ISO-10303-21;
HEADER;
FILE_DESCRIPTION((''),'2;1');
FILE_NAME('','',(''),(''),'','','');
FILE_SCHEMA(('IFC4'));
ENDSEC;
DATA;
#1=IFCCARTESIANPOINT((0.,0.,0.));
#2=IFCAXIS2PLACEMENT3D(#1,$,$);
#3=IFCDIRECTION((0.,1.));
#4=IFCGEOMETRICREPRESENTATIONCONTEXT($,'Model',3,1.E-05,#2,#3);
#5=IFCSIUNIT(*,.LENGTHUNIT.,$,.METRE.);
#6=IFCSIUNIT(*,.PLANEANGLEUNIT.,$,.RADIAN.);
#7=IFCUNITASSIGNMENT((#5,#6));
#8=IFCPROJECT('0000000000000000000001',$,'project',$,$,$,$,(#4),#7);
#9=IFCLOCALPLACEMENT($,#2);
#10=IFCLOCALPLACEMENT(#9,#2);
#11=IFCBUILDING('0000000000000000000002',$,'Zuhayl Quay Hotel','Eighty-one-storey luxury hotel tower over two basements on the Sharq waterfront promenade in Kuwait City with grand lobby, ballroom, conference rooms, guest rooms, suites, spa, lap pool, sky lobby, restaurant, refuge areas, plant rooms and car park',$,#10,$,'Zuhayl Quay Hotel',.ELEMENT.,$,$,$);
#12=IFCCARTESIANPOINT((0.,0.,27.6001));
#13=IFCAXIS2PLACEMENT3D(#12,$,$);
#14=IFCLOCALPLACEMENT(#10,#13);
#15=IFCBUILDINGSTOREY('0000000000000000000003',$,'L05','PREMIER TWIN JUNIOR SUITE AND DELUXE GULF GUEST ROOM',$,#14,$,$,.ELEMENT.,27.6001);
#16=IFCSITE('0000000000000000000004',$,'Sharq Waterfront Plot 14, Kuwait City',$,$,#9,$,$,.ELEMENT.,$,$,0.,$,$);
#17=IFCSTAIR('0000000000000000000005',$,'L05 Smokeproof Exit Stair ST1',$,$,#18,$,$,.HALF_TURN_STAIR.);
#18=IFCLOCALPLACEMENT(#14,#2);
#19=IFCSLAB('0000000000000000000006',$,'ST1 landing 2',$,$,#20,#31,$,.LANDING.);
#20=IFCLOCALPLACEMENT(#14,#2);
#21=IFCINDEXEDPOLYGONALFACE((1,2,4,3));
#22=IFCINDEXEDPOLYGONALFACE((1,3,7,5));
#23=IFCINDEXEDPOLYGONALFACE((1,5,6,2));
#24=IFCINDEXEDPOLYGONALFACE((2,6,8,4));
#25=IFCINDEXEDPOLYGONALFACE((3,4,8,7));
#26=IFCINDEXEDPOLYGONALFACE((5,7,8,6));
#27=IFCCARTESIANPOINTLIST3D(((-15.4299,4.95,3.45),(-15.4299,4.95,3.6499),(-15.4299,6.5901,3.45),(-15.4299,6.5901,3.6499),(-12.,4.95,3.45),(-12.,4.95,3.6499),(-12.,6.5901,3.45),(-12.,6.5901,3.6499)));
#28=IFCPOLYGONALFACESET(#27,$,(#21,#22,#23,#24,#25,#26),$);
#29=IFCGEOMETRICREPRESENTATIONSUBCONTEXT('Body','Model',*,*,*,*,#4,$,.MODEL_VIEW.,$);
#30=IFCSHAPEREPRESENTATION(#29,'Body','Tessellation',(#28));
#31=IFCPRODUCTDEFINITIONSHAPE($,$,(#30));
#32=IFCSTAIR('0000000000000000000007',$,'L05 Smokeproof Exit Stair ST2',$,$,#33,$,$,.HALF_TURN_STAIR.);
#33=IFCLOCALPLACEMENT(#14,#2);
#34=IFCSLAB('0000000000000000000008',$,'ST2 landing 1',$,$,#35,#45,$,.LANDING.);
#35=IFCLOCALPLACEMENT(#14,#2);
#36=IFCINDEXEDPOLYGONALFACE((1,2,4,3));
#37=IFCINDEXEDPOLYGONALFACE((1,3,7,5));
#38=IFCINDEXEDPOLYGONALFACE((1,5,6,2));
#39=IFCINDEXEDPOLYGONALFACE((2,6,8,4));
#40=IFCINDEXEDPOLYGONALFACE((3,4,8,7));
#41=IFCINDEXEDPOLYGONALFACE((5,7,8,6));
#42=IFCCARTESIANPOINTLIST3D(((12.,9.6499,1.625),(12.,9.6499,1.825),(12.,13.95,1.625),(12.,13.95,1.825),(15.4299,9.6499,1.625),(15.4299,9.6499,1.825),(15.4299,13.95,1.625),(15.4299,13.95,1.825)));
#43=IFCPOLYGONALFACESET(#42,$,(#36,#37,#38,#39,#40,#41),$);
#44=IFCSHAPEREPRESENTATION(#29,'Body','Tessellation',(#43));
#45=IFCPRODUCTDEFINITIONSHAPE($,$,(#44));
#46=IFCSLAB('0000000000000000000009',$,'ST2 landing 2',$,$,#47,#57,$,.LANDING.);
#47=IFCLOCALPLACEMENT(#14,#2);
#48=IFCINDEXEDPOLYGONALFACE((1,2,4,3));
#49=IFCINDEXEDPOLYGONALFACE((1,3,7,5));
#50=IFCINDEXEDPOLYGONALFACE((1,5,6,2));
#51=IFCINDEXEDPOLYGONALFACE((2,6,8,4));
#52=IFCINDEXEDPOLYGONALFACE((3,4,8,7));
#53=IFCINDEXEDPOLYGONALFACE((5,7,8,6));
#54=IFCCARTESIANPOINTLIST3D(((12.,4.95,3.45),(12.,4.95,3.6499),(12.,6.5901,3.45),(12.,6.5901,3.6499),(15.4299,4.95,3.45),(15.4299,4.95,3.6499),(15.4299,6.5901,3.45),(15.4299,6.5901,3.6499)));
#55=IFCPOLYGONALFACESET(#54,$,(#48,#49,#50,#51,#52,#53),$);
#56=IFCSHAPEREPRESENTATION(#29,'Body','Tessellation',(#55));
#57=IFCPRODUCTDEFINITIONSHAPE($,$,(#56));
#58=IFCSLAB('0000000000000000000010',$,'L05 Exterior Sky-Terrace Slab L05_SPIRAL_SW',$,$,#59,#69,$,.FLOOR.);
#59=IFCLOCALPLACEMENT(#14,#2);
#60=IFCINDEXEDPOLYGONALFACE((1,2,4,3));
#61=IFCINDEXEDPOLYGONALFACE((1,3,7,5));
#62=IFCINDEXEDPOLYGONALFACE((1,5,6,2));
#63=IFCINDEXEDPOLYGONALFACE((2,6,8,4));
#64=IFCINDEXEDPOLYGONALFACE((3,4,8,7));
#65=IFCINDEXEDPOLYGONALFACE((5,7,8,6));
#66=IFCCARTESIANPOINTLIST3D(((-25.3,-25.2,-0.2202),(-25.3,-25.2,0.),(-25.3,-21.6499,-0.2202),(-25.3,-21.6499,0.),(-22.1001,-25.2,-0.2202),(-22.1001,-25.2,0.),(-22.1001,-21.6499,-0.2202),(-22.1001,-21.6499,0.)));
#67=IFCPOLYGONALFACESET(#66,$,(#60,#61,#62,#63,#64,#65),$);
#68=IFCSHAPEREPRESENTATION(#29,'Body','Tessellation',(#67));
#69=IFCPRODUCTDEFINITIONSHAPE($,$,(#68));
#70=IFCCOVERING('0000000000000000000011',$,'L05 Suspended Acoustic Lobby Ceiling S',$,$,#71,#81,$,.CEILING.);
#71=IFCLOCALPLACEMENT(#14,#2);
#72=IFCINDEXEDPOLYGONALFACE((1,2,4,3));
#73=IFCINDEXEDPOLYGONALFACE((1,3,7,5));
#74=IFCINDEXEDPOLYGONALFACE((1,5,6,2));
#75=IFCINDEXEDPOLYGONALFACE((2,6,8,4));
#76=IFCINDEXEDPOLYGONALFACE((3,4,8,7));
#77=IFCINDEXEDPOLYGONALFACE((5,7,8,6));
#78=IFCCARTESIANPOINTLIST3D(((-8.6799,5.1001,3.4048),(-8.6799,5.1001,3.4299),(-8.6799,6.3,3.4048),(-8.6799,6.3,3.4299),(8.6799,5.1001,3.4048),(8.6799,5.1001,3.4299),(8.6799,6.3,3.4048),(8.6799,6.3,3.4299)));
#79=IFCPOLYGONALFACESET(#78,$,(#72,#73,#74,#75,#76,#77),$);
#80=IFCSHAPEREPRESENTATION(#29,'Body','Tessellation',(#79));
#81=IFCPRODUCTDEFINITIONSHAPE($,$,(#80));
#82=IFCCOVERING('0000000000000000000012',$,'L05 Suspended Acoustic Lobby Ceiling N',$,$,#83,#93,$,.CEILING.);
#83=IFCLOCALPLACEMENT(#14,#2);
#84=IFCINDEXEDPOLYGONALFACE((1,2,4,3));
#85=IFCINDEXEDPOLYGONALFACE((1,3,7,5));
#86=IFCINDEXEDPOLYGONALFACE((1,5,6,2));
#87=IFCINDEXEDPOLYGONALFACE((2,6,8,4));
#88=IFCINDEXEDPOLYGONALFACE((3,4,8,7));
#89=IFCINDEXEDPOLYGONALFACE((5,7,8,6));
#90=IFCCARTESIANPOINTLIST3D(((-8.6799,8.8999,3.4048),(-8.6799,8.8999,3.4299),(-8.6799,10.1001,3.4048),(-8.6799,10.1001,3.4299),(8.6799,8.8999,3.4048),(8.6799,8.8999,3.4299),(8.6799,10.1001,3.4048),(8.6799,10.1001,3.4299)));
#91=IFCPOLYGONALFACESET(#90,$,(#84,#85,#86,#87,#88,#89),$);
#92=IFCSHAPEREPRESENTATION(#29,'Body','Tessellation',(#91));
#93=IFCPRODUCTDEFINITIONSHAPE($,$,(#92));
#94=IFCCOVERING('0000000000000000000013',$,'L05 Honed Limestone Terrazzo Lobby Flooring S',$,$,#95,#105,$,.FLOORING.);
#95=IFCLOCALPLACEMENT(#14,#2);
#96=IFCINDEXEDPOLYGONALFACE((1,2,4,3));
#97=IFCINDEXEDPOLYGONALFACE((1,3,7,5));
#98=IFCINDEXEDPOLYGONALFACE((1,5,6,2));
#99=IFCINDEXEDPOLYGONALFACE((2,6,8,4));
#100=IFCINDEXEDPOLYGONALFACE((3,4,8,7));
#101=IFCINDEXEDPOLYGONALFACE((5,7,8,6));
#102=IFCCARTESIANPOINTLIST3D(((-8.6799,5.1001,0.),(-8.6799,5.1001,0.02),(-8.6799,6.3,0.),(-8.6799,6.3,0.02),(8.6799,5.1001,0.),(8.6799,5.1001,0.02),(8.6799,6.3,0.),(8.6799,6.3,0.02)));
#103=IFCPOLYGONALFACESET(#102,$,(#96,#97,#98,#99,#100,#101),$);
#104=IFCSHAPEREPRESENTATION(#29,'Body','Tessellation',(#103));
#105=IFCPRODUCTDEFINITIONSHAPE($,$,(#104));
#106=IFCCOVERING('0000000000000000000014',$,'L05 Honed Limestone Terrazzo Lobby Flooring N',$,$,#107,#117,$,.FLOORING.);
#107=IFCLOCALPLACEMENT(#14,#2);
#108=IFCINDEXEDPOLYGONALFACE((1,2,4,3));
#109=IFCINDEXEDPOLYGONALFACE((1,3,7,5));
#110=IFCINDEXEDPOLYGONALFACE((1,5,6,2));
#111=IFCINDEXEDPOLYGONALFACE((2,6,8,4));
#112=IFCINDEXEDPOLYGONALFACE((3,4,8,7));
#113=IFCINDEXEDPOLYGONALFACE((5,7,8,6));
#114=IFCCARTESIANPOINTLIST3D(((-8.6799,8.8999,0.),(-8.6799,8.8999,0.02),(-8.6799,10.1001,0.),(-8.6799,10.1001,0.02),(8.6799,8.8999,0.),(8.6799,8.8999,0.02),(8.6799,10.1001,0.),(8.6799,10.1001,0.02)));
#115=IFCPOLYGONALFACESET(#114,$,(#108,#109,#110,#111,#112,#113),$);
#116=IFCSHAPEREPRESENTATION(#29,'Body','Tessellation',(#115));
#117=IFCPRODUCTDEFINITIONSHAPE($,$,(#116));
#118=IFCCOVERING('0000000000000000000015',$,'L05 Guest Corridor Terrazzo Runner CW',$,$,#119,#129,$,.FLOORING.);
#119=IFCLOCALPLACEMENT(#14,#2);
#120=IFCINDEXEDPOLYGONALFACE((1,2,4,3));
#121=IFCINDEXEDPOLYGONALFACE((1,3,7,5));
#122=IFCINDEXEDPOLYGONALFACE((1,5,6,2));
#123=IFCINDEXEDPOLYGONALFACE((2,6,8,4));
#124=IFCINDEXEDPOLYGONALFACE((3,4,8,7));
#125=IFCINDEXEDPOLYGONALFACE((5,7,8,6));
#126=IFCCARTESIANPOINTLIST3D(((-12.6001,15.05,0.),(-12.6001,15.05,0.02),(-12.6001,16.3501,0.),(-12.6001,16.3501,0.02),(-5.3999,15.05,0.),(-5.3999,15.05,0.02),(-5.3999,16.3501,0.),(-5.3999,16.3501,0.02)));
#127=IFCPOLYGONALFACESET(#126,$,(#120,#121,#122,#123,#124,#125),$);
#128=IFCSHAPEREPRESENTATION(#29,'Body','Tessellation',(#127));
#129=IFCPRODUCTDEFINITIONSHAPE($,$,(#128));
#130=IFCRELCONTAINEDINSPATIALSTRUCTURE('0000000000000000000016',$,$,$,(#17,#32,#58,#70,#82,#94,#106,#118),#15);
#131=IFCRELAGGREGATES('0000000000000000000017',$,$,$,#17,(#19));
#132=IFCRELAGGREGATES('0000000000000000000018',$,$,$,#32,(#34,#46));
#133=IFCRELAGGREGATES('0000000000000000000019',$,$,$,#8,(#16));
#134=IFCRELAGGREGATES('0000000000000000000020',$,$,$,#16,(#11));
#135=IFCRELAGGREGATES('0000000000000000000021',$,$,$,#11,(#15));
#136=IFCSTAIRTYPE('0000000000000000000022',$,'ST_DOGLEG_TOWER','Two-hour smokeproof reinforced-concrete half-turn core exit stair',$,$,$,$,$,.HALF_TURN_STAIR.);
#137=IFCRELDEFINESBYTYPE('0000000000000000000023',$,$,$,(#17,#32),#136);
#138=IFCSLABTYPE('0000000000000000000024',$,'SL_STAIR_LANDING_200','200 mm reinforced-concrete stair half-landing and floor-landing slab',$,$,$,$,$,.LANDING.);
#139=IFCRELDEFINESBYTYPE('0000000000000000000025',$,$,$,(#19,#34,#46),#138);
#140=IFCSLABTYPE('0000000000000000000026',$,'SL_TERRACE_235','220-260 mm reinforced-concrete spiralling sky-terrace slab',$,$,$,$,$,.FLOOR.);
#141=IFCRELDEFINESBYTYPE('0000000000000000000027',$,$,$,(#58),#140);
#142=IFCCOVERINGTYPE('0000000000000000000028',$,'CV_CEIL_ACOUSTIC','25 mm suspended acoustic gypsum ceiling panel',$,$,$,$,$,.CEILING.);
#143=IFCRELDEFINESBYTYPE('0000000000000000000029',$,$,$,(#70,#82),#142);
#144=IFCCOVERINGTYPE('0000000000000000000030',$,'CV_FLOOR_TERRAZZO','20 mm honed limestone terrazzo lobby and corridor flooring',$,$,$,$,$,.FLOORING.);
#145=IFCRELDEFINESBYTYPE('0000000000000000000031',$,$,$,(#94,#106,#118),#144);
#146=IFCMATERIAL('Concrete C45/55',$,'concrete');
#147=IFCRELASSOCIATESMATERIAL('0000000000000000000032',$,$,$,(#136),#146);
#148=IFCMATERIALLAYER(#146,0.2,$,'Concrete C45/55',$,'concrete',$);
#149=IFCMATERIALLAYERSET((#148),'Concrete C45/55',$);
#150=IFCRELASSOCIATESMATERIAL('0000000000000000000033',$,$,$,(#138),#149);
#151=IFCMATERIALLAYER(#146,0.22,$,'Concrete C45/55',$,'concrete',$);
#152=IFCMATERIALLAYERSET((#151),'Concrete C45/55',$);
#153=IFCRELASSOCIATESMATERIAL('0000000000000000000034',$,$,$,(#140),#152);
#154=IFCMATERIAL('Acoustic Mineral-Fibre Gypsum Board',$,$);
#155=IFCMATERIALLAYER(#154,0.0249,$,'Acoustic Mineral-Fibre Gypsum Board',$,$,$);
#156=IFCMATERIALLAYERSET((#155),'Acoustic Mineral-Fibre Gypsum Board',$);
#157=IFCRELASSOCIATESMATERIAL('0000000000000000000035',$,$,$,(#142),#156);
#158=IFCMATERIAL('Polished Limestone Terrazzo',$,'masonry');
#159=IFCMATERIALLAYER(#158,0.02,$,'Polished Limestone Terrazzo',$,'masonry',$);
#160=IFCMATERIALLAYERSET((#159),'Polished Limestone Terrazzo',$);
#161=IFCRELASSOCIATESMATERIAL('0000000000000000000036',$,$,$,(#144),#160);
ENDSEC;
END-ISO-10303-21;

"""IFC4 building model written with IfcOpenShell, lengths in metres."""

from ifc_helpers import new_model, si_unit, direction, frame, origin, place, context, subcontext, project, spatial, polyline, outline, extrude, material, layer, layer_set, type_object, element, aggregate, save


model = new_model("IFC4")

# Units and contexts
model_context = context("Model", 3, precision=1e-05, world=origin(), true_north=direction((0.0, 1.0)))
body_context = subcontext(model_context, "Body", "Model", "MODEL_VIEW")
ifc_project = project(units=[si_unit("LENGTHUNIT", "METRE"), si_unit("PLANEANGLEUNIT", "RADIAN")], contexts=[model_context])

# Site, building, storey
site_placement = place(None, origin())
site = spatial("IfcSite", under=ifc_project, at=site_placement, Name="Sharq Waterfront Plot 14, Kuwait City", CompositionType="ELEMENT", RefElevation=0.0)
building_placement = place(site_placement, origin())
building = spatial("IfcBuilding", under=site, at=building_placement, Name="Zuhayl Quay Hotel", Description="Eighty-one-storey luxury hotel tower over two basements on the Sharq waterfront promenade in Kuwait City with grand lobby, ballroom, conference rooms, guest rooms, suites, spa, lap pool, sky lobby, restaurant, refuge areas, plant rooms and car park", LongName="Zuhayl Quay Hotel", CompositionType="ELEMENT")
storey_placement = place(building_placement, frame((0.0, 0.0, 27.6001)))
storey = spatial("IfcBuildingStorey", under=building, at=storey_placement, Name="L05", Description="PREMIER TWIN JUNIOR SUITE AND DELUXE GULF GUEST ROOM", CompositionType="ELEMENT", Elevation=27.6001)

# Shared definitions
ifc_material_1 = material(Name="Concrete C45/55", Category="concrete")

# Stairs, slabs
stair_type = type_object("IfcStairType", Name="ST_DOGLEG_TOWER", Description="Two-hour smokeproof reinforced-concrete half-turn core exit stair", PredefinedType="HALF_TURN_STAIR", material=ifc_material_1)
stair_1_placement = place(storey_placement, origin())
stair_1 = element("IfcStair", 1, at=stair_1_placement, inside=storey, type_object=stair_type, Name="L05 Smokeproof Exit Stair ST1", PredefinedType="HALF_TURN_STAIR")
ifc_layer_1 = layer(ifc_material_1, 0.2, Name="Concrete C45/55", Category="concrete")
ifc_layer_set_1 = layer_set([ifc_layer_1], Name="Concrete C45/55")
slab_type_1 = type_object("IfcSlabType", Name="SL_STAIR_LANDING_200", Description="200 mm reinforced-concrete stair half-landing and floor-landing slab", PredefinedType="LANDING", material=ifc_layer_set_1)
slab_1_placement = place(storey_placement, frame((0.0, 0.0, 3.45)))
slab_1 = element("IfcSlab", 2, at=slab_1_placement, type_object=slab_type_1, Name="ST1 landing 2", PredefinedType="LANDING", context=body_context, shape_type="SweptSolid", body=[
    extrude(outline(polyline([(-12.0, 4.95), (-12.0, 6.5901), (-15.4299, 6.5901), (-15.4299, 4.95), (-12.0, 4.95)])), origin(), (0.0, 0.0, 1.0), 0.2),
])
aggregate(stair_1, [slab_1])
stair_2_placement = place(storey_placement, origin())
stair_2 = element("IfcStair", 3, at=stair_2_placement, inside=storey, type_object=stair_type, Name="L05 Smokeproof Exit Stair ST2", PredefinedType="HALF_TURN_STAIR")
slab_2_placement = place(storey_placement, frame((0.0, 0.0, 1.625)))
slab_2 = element("IfcSlab", 4, at=slab_2_placement, type_object=slab_type_1, Name="ST2 landing 1", PredefinedType="LANDING", context=body_context, shape_type="SweptSolid", body=[
    extrude(outline(polyline([(15.4299, 9.6499), (15.4299, 13.95), (12.0, 13.95), (12.0, 9.6499), (15.4299, 9.6499)])), origin(), (0.0, 0.0, 1.0), 0.2),
])
slab_3_placement = place(storey_placement, frame((0.0, 0.0, 3.45)))
slab_3 = element("IfcSlab", 5, at=slab_3_placement, type_object=slab_type_1, Name="ST2 landing 2", PredefinedType="LANDING", context=body_context, shape_type="SweptSolid", body=[
    extrude(outline(polyline([(15.4299, 4.95), (15.4299, 6.5901), (12.0, 6.5901), (12.0, 4.95), (15.4299, 4.95)])), origin(), (0.0, 0.0, 1.0), 0.2),
])
aggregate(stair_2, [slab_2, slab_3])

# Slab
ifc_layer_2 = layer(ifc_material_1, 0.22, Name="Concrete C45/55", Category="concrete")
ifc_layer_set_2 = layer_set([ifc_layer_2], Name="Concrete C45/55")
slab_type_2 = type_object("IfcSlabType", Name="SL_TERRACE_235", Description="220-260 mm reinforced-concrete spiralling sky-terrace slab", PredefinedType="FLOOR", material=ifc_layer_set_2)
slab_4_placement = place(storey_placement, frame((0.0, 0.0, -0.2202)))
element("IfcSlab", 6, at=slab_4_placement, inside=storey, type_object=slab_type_2, Name="L05 Exterior Sky-Terrace Slab L05_SPIRAL_SW", PredefinedType="FLOOR", context=body_context, shape_type="SweptSolid", body=[
    extrude(outline(polyline([(-25.3, -25.2), (-22.1001, -25.2), (-22.1001, -21.6499), (-25.3, -21.6499), (-25.3, -25.2)])), origin(), (0.0, 0.0, 1.0), 0.2202),
])

# Coverings
ifc_material_2 = material(Name="Acoustic Mineral-Fibre Gypsum Board")
ifc_layer_3 = layer(ifc_material_2, 0.0249, Name="Acoustic Mineral-Fibre Gypsum Board")
ifc_layer_set_3 = layer_set([ifc_layer_3], Name="Acoustic Mineral-Fibre Gypsum Board")
covering_type_1 = type_object("IfcCoveringType", Name="CV_CEIL_ACOUSTIC", Description="25 mm suspended acoustic gypsum ceiling panel", PredefinedType="CEILING", material=ifc_layer_set_3)
covering_1_placement = place(storey_placement, frame((0.0, 0.0, 3.4048)))
element("IfcCovering", 7, at=covering_1_placement, inside=storey, type_object=covering_type_1, Name="L05 Suspended Acoustic Lobby Ceiling S", PredefinedType="CEILING", context=body_context, shape_type="SweptSolid", body=[
    extrude(outline(polyline([(-8.6799, 5.1001), (8.6799, 5.1001), (8.6799, 6.3), (-8.6799, 6.3), (-8.6799, 5.1001)])), origin(), (0.0, 0.0, 1.0), 0.0251),
])
covering_2_placement = place(storey_placement, frame((0.0, 0.0, 3.4048)))
element("IfcCovering", 8, at=covering_2_placement, inside=storey, type_object=covering_type_1, Name="L05 Suspended Acoustic Lobby Ceiling N", PredefinedType="CEILING", context=body_context, shape_type="SweptSolid", body=[
    extrude(outline(polyline([(-8.6799, 8.8999), (8.6799, 8.8999), (8.6799, 10.1001), (-8.6799, 10.1001), (-8.6799, 8.8999)])), origin(), (0.0, 0.0, 1.0), 0.0251),
])
ifc_material_3 = material(Name="Polished Limestone Terrazzo", Category="masonry")
ifc_layer_4 = layer(ifc_material_3, 0.02, Name="Polished Limestone Terrazzo", Category="masonry")
ifc_layer_set_4 = layer_set([ifc_layer_4], Name="Polished Limestone Terrazzo")
covering_type_2 = type_object("IfcCoveringType", Name="CV_FLOOR_TERRAZZO", Description="20 mm honed limestone terrazzo lobby and corridor flooring", PredefinedType="FLOORING", material=ifc_layer_set_4)
covering_3_placement = place(storey_placement, origin())
element("IfcCovering", 9, at=covering_3_placement, inside=storey, type_object=covering_type_2, Name="L05 Honed Limestone Terrazzo Lobby Flooring S", PredefinedType="FLOORING", context=body_context, shape_type="SweptSolid", body=[
    extrude(outline(polyline([(-8.6799, 5.1001), (8.6799, 5.1001), (8.6799, 6.3), (-8.6799, 6.3), (-8.6799, 5.1001)])), origin(), (0.0, 0.0, 1.0), 0.02),
])
covering_4_placement = place(storey_placement, origin())
element("IfcCovering", 10, at=covering_4_placement, inside=storey, type_object=covering_type_2, Name="L05 Honed Limestone Terrazzo Lobby Flooring N", PredefinedType="FLOORING", context=body_context, shape_type="SweptSolid", body=[
    extrude(outline(polyline([(-8.6799, 8.8999), (8.6799, 8.8999), (8.6799, 10.1001), (-8.6799, 10.1001), (-8.6799, 8.8999)])), origin(), (0.0, 0.0, 1.0), 0.02),
])
covering_5_placement = place(storey_placement, origin())
element("IfcCovering", 11, at=covering_5_placement, inside=storey, type_object=covering_type_2, Name="L05 Guest Corridor Terrazzo Runner CW", PredefinedType="FLOORING", context=body_context, shape_type="SweptSolid", body=[
    extrude(outline(polyline([(-12.6001, 15.05), (-5.3999, 15.05), (-5.3999, 16.3501), (-12.6001, 16.3501), (-12.6001, 15.05)])), origin(), (0.0, 0.0, 1.0), 0.02),
])

save(model, "model.ifc")
